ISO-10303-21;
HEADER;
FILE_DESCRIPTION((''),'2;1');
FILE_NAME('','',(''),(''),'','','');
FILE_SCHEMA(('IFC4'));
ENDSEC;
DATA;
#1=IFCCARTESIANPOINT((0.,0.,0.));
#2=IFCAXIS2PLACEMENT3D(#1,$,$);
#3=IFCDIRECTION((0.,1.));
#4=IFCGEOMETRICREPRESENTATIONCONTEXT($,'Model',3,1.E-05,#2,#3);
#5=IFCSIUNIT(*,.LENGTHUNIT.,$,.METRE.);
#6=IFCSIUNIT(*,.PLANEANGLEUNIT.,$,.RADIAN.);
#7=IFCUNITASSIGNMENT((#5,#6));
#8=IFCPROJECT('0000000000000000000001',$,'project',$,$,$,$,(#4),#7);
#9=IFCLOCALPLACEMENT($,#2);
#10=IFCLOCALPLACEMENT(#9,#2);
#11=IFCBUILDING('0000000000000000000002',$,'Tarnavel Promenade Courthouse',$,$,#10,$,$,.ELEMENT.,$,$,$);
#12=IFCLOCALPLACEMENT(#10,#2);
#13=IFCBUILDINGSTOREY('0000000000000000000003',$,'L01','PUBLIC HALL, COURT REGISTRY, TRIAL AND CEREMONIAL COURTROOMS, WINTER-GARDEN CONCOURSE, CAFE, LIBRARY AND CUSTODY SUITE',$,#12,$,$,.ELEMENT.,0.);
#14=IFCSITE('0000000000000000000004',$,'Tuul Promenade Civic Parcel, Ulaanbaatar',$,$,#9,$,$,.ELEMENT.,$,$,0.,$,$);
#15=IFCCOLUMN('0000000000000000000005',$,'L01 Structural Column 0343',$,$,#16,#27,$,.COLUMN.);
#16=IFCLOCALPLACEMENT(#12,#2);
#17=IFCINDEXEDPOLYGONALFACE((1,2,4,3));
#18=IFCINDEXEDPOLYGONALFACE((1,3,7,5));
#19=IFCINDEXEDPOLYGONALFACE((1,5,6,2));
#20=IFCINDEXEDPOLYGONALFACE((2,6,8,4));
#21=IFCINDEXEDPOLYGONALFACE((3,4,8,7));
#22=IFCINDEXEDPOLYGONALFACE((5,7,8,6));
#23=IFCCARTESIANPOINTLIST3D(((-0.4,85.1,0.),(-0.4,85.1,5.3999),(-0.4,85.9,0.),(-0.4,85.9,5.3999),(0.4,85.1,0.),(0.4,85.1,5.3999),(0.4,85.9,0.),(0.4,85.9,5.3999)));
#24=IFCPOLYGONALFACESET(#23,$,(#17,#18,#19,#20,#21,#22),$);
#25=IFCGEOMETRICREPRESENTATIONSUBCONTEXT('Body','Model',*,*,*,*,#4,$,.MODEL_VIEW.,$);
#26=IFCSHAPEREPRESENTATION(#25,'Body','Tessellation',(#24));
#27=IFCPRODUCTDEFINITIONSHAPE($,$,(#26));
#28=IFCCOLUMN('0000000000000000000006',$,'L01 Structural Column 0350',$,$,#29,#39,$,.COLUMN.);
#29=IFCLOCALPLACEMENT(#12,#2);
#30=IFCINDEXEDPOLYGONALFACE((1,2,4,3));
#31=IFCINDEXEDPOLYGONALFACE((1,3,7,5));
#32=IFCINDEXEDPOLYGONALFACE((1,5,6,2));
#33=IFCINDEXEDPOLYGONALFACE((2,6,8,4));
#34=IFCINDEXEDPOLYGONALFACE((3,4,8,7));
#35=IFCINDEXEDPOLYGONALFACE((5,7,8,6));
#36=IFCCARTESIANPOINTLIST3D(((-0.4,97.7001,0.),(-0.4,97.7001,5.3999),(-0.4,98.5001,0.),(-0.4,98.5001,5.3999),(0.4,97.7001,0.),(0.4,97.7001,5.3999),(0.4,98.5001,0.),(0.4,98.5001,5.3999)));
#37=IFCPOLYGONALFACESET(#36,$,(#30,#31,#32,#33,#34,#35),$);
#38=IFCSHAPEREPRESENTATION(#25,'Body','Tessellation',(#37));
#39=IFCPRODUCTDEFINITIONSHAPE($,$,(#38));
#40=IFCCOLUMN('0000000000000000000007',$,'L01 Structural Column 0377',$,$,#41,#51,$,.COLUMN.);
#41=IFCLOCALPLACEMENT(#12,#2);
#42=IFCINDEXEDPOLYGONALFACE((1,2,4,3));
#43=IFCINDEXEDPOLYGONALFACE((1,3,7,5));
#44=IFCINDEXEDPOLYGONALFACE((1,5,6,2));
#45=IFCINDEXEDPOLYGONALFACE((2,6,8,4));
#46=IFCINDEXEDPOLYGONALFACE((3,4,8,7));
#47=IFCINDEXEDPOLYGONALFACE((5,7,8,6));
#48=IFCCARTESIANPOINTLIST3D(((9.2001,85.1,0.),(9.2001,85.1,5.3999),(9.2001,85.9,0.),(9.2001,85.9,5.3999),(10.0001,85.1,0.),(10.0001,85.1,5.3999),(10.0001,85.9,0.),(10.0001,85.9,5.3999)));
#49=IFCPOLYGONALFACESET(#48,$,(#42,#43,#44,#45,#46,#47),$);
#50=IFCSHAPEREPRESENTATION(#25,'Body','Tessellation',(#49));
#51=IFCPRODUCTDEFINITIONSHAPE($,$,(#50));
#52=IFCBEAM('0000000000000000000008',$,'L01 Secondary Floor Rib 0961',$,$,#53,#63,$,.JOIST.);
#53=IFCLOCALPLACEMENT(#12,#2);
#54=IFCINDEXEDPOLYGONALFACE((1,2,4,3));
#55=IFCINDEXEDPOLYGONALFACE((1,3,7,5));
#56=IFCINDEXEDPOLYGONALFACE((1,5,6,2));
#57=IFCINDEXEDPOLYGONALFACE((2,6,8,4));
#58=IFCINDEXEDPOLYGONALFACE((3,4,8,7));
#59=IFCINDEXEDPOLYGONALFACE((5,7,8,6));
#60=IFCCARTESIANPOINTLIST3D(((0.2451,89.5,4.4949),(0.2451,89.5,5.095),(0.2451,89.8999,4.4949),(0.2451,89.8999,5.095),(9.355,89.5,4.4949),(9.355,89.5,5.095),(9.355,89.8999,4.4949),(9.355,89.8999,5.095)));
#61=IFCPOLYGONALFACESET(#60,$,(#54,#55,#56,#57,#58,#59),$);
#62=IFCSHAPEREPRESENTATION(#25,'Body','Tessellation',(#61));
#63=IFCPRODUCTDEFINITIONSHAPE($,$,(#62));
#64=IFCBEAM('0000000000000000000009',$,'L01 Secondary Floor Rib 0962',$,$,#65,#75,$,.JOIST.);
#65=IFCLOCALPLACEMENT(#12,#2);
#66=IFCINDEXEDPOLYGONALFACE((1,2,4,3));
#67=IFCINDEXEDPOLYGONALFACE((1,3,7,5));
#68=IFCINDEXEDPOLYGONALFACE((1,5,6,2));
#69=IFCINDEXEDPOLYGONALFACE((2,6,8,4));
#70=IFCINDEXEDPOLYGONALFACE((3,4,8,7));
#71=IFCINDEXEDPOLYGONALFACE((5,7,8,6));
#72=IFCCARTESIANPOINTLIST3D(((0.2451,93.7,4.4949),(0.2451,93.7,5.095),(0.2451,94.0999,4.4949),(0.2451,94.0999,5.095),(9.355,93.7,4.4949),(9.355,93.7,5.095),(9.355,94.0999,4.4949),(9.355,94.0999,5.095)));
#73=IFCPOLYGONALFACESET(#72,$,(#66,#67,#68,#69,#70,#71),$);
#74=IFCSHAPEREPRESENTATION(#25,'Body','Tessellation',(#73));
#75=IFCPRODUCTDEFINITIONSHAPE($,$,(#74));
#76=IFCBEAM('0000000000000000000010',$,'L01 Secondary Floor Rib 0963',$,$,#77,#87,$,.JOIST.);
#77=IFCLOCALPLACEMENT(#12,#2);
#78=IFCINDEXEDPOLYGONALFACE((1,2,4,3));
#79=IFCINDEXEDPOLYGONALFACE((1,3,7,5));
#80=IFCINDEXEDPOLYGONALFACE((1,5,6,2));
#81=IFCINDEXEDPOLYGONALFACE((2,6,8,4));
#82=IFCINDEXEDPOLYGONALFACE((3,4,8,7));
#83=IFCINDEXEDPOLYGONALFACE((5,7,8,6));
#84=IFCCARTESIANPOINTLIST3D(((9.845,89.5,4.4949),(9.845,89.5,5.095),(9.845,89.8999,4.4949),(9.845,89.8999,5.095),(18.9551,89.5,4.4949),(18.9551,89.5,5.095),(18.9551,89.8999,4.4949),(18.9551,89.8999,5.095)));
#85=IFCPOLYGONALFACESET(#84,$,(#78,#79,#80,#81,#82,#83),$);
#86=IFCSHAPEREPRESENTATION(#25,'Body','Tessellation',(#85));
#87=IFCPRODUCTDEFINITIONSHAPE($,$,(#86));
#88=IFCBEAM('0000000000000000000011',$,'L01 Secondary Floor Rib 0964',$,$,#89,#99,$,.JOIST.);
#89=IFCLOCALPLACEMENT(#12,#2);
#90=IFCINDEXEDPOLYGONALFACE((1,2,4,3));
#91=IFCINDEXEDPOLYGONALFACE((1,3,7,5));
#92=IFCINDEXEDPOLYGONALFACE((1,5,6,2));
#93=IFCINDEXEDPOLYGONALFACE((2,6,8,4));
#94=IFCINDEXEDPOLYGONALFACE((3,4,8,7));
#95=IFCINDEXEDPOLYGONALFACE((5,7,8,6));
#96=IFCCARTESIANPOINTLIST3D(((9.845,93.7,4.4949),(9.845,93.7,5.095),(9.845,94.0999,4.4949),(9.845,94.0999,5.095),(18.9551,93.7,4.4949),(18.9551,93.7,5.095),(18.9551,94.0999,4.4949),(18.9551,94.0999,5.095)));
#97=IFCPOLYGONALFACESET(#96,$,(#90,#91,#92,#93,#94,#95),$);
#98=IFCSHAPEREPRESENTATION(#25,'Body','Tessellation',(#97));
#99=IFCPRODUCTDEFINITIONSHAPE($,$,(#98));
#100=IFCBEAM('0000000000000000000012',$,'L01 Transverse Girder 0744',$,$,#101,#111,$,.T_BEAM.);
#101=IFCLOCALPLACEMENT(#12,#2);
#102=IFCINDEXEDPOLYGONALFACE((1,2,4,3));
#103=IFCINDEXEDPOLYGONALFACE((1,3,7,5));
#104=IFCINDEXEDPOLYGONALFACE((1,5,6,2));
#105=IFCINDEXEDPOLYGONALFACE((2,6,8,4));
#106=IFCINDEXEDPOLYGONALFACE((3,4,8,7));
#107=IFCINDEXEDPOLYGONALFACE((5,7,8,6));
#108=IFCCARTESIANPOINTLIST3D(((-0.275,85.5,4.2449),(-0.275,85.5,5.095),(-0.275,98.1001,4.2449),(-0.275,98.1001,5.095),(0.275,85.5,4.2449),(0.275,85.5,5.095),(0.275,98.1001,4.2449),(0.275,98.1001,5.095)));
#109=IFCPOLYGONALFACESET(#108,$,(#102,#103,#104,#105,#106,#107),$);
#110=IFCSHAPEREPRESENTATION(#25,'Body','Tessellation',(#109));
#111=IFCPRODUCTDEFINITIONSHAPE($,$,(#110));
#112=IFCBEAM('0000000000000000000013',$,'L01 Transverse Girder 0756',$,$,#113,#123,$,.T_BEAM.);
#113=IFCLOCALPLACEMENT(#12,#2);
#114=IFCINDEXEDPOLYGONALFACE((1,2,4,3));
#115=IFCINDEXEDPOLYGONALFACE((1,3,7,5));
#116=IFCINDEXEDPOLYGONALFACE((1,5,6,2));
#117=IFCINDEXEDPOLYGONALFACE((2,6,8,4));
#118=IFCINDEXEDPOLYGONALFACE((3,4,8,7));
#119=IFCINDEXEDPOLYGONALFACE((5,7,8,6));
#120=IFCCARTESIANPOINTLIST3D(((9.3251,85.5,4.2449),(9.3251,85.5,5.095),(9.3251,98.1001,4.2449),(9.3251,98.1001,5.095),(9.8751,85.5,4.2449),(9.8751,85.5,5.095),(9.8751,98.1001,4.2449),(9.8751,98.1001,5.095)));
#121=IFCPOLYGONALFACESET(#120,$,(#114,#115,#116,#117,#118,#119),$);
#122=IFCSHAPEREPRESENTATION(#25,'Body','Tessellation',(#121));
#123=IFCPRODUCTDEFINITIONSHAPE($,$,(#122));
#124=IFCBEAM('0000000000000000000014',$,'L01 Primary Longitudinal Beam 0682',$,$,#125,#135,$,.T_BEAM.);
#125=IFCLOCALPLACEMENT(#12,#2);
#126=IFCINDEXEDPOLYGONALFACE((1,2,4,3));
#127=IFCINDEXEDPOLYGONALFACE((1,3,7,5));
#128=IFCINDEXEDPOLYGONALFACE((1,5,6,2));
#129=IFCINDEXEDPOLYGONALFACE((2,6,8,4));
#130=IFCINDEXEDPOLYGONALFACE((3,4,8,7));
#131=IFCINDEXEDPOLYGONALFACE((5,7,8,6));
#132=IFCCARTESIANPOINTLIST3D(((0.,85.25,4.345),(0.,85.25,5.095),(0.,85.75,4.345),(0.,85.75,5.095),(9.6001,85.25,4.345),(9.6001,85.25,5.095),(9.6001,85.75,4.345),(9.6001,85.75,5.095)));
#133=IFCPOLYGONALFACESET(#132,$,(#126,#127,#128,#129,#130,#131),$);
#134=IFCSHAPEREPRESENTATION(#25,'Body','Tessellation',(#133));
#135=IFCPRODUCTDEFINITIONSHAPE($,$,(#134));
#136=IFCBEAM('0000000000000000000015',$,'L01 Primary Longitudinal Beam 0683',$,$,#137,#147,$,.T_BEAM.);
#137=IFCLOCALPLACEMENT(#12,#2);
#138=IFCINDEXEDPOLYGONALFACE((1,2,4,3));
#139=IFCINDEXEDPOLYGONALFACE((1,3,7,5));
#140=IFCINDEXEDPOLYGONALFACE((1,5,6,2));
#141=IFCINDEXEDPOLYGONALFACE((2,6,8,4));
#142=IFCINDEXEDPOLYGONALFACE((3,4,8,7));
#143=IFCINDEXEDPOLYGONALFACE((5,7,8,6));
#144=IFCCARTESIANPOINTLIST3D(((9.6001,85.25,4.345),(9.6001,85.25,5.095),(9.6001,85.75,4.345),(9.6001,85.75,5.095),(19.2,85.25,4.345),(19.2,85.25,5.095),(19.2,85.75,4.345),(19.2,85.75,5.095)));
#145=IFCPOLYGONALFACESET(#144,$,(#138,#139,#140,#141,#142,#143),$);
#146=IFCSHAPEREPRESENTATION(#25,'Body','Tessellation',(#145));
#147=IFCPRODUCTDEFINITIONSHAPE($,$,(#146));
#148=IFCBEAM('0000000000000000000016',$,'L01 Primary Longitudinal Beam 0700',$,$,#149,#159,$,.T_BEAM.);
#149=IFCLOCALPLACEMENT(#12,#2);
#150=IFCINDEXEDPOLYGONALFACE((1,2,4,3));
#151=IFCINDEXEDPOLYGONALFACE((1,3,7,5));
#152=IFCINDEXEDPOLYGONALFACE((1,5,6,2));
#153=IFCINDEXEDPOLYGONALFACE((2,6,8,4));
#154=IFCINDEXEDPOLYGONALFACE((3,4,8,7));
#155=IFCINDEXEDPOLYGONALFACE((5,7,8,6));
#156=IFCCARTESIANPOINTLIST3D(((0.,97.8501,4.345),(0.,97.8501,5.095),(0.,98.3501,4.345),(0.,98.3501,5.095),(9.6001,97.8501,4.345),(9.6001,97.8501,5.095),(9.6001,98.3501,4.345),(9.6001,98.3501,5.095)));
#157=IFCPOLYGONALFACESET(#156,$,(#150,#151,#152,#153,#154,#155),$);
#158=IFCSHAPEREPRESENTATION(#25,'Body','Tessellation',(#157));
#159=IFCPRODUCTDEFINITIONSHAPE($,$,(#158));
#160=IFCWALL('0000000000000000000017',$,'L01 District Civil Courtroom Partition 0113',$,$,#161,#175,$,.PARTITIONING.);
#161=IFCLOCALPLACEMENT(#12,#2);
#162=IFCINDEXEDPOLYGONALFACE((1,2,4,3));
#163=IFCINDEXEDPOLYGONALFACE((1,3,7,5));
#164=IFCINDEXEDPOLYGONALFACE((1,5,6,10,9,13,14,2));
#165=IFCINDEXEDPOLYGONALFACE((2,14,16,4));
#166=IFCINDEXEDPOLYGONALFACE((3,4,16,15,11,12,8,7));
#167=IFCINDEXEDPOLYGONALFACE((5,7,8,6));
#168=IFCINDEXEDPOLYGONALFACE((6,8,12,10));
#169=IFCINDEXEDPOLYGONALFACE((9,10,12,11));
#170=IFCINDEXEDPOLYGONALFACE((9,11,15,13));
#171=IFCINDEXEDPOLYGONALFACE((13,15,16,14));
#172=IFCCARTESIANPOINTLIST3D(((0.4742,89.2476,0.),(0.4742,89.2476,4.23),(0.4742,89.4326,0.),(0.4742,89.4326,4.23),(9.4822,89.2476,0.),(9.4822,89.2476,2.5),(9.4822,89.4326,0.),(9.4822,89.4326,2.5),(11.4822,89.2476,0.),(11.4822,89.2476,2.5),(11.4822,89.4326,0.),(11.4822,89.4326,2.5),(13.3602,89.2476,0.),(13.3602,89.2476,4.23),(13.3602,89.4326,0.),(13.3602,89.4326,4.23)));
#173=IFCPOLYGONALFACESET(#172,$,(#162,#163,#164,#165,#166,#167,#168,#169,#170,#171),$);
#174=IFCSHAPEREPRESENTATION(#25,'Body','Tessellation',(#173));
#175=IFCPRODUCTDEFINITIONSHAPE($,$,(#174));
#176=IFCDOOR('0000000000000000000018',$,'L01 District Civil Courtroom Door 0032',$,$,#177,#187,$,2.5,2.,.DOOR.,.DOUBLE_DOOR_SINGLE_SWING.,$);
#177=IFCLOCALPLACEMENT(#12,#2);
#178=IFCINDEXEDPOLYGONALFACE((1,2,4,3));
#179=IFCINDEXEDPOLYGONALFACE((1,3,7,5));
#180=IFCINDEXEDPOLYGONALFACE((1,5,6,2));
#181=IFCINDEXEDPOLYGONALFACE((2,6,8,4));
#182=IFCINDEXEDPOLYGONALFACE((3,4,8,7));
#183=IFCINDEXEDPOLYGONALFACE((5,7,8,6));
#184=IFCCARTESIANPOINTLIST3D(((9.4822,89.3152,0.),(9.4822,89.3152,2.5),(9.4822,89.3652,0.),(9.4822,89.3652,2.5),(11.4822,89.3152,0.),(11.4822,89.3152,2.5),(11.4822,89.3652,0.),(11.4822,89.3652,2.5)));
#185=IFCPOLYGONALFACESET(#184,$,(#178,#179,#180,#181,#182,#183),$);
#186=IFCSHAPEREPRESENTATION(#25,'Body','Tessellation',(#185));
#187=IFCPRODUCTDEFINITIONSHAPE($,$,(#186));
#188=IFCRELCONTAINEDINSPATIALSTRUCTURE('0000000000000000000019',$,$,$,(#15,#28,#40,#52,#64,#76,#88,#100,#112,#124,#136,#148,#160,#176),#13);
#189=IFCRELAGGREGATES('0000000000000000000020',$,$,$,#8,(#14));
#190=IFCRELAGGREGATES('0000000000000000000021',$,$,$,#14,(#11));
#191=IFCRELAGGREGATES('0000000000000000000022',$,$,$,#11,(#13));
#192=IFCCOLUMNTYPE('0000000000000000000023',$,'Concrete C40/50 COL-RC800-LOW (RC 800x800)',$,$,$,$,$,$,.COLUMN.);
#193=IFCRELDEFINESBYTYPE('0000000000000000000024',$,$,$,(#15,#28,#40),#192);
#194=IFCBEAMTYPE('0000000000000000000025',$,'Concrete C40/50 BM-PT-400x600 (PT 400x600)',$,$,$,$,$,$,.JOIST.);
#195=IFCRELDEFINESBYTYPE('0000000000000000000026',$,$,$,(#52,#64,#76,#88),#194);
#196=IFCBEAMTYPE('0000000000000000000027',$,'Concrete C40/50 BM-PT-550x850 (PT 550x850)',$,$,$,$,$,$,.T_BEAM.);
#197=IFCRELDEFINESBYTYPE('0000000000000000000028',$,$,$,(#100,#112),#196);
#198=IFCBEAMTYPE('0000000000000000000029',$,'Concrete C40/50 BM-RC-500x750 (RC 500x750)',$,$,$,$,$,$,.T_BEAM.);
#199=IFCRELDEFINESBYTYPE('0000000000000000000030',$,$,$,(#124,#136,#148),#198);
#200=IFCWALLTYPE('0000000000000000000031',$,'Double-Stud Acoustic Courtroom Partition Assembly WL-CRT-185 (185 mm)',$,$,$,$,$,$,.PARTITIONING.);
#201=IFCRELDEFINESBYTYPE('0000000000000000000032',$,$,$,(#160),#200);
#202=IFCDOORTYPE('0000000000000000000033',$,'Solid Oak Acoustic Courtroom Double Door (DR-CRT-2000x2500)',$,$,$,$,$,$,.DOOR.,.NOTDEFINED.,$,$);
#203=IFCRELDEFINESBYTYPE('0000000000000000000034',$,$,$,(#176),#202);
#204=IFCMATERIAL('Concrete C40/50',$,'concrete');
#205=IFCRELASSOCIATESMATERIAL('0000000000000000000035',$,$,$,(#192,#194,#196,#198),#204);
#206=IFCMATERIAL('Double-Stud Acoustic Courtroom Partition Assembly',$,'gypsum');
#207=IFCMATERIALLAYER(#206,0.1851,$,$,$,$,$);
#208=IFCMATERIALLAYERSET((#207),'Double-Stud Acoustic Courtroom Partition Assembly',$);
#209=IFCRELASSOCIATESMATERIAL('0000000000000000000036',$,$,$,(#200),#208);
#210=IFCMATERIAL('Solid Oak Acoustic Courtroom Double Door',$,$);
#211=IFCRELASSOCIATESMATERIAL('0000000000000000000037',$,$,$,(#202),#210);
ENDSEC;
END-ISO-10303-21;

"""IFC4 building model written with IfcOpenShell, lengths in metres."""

from ifc_helpers import new_model, si_unit, direction, frame, frame_2d, origin, origin_2d, place, context, subcontext, project, spatial, rectangle, extrude, material, layer, layer_set, material_profile, profile_set, type_object, element, fill, save


model = new_model("IFC4")

# Units and contexts
model_context = context("Model", 3, precision=1e-05, world=origin(), true_north=direction((0.0, 1.0)))
body_context = subcontext(model_context, "Body", "Model", "MODEL_VIEW")
ifc_project = project(units=[si_unit("LENGTHUNIT", "METRE"), si_unit("PLANEANGLEUNIT", "RADIAN")], contexts=[model_context])

# Site, building, storey
site_placement = place(None, origin())
site = spatial("IfcSite", under=ifc_project, at=site_placement, Name="Tuul Promenade Civic Parcel, Ulaanbaatar", CompositionType="ELEMENT", RefElevation=0.0)
building_placement = place(site_placement, origin())
building = spatial("IfcBuilding", under=site, at=building_placement, Name="Tarnavel Promenade Courthouse", CompositionType="ELEMENT")
storey_placement = place(building_placement, origin())
storey = spatial("IfcBuildingStorey", under=building, at=storey_placement, Name="L01", Description="PUBLIC HALL, COURT REGISTRY, TRIAL AND CEREMONIAL COURTROOMS, WINTER-GARDEN CONCOURSE, CAFE, LIBRARY AND CUSTODY SUITE", CompositionType="ELEMENT", Elevation=0.0)

# Columns
ifc_material_1 = material(Name="Concrete C40/50", Category="concrete")
ifc_material_profile_1 = material_profile(ifc_material_1, rectangle(XDim=0.8, YDim=0.8, at=origin_2d()), Name="RC 800x800")
ifc_profile_set_1 = profile_set([ifc_material_profile_1], Name="Concrete C40/50")
column_type = type_object("IfcColumnType", Name="Concrete C40/50 COL-RC800-LOW (RC 800x800)", PredefinedType="COLUMN", material=ifc_profile_set_1)
for number, where, z_axis, x_axis, name in (
    (1, (0.0, 85.5, 0.0), (0.0, 0.0, 1.0), (1.0, 0.0, 0.0), "L01 Structural Column 0343"),
    (2, (0.0, 98.1001, 0.0), (0.0, 0.0, 1.0), (1.0, 0.0, 0.0), "L01 Structural Column 0350"),
    (3, (9.6001, 85.5, 0.0), (0.0, 0.0, 1.0), (1.0, 0.0, 0.0), "L01 Structural Column 0377"),
):
    element("IfcColumn", number, at=place(storey_placement, frame(where, z_axis=z_axis, x_axis=x_axis)), inside=storey, type_object=column_type, Name=name, PredefinedType="COLUMN", context=body_context, shape_type="SweptSolid", body=[
        extrude(rectangle(XDim=0.8, YDim=0.8, at=origin_2d()), origin(), (0.0, 0.0, 1.0), 5.3999),
    ])

# Beams
ifc_material_profile_2 = material_profile(ifc_material_1, rectangle(XDim=0.3999, YDim=0.6001, at=origin_2d()), Name="PT 400x600")
ifc_profile_set_2 = profile_set([ifc_material_profile_2], Name="Concrete C40/50")
beam_type_1 = type_object("IfcBeamType", Name="Concrete C40/50 BM-PT-400x600 (PT 400x600)", PredefinedType="JOIST", material=ifc_profile_set_2)
for number, where, z_axis, x_axis, name in (
    (4, (0.2451, 89.7, 4.7949), (1.0, 0.0, 0.0), (0.0, 1.0, 0.0), "L01 Secondary Floor Rib 0961"),
    (5, (0.2451, 93.8999, 4.7949), (1.0, 0.0, 0.0), (0.0, 1.0, 0.0), "L01 Secondary Floor Rib 0962"),
):
    element("IfcBeam", number, at=place(storey_placement, frame(where, z_axis=z_axis, x_axis=x_axis)), inside=storey, type_object=beam_type_1, Name=name, PredefinedType="JOIST", context=body_context, shape_type="SweptSolid", body=[
        extrude(rectangle(XDim=0.3999, YDim=0.6001, at=origin_2d()), origin(), (0.0, 0.0, 1.0), 9.1099),
    ])
for number, where, z_axis, x_axis, name in (
    (6, (9.845, 89.7, 4.7949), (1.0, 0.0, 0.0), (0.0, 1.0, 0.0), "L01 Secondary Floor Rib 0963"),
    (7, (9.845, 93.8999, 4.7949), (1.0, 0.0, 0.0), (0.0, 1.0, 0.0), "L01 Secondary Floor Rib 0964"),
):
    element("IfcBeam", number, at=place(storey_placement, frame(where, z_axis=z_axis, x_axis=x_axis)), inside=storey, type_object=beam_type_1, Name=name, PredefinedType="JOIST", context=body_context, shape_type="SweptSolid", body=[
        extrude(rectangle(XDim=0.3999, YDim=0.6001, at=origin_2d()), origin(), (0.0, 0.0, 1.0), 9.1101),
    ])
ifc_material_profile_3 = material_profile(ifc_material_1, rectangle(XDim=0.55, YDim=0.8501, at=origin_2d()), Name="PT 550x850")
ifc_profile_set_3 = profile_set([ifc_material_profile_3], Name="Concrete C40/50")
beam_type_2 = type_object("IfcBeamType", Name="Concrete C40/50 BM-PT-550x850 (PT 550x850)", PredefinedType="T_BEAM", material=ifc_profile_set_3)
for number, where, z_axis, x_axis, name in (
    (8, (0.0, 85.5, 4.6699), (0.0, 1.0, 0.0), (-1.0, 0.0, 0.0), "L01 Transverse Girder 0744"),
    (9, (9.6001, 85.5, 4.6699), (0.0, 1.0, 0.0), (-1.0, 0.0, 0.0), "L01 Transverse Girder 0756"),
):
    element("IfcBeam", number, at=place(storey_placement, frame(where, z_axis=z_axis, x_axis=x_axis)), inside=storey, type_object=beam_type_2, Name=name, PredefinedType="T_BEAM", context=body_context, shape_type="SweptSolid", body=[
        extrude(rectangle(XDim=0.55, YDim=0.8501, at=origin_2d()), origin(), (0.0, 0.0, 1.0), 12.6001),
    ])
ifc_material_profile_4 = material_profile(ifc_material_1, rectangle(XDim=0.5, YDim=0.75, at=origin_2d()), Name="RC 500x750")
ifc_profile_set_4 = profile_set([ifc_material_profile_4], Name="Concrete C40/50")
beam_type_3 = type_object("IfcBeamType", Name="Concrete C40/50 BM-RC-500x750 (RC 500x750)", PredefinedType="T_BEAM", material=ifc_profile_set_4)
beam_1_placement = place(storey_placement, frame((0.0, 85.5, 4.72), z_axis=(1.0, 0.0, 0.0), x_axis=(0.0, 1.0, 0.0)))
element("IfcBeam", 10, at=beam_1_placement, inside=storey, type_object=beam_type_3, Name="L01 Primary Longitudinal Beam 0682", PredefinedType="T_BEAM", context=body_context, shape_type="SweptSolid", body=[
    extrude(rectangle(XDim=0.5, YDim=0.75, at=origin_2d()), origin(), (0.0, 0.0, 1.0), 9.6001),
])
beam_2_placement = place(storey_placement, frame((9.6001, 85.5, 4.72), z_axis=(1.0, 0.0, 0.0), x_axis=(0.0, 1.0, 0.0)))
element("IfcBeam", 11, at=beam_2_placement, inside=storey, type_object=beam_type_3, Name="L01 Primary Longitudinal Beam 0683", PredefinedType="T_BEAM", context=body_context, shape_type="SweptSolid", body=[
    extrude(rectangle(XDim=0.5, YDim=0.75, at=origin_2d()), origin(), (0.0, 0.0, 1.0), 9.5999),
])
beam_3_placement = place(storey_placement, frame((0.0, 98.1001, 4.72), z_axis=(1.0, 0.0, 0.0), x_axis=(0.0, 1.0, 0.0)))
element("IfcBeam", 12, at=beam_3_placement, inside=storey, type_object=beam_type_3, Name="L01 Primary Longitudinal Beam 0700", PredefinedType="T_BEAM", context=body_context, shape_type="SweptSolid", body=[
    extrude(rectangle(XDim=0.5, YDim=0.75, at=origin_2d()), origin(), (0.0, 0.0, 1.0), 9.6001),
])

# Wall, opening, door
ifc_material_2 = material(Name="Double-Stud Acoustic Courtroom Partition Assembly", Category="gypsum")
ifc_layer_1 = layer(ifc_material_2, 0.1851)
ifc_layer_set_1 = layer_set([ifc_layer_1], Name="Double-Stud Acoustic Courtroom Partition Assembly")
wall_type_1 = type_object("IfcWallType", Name="Double-Stud Acoustic Courtroom Partition Assembly WL-CRT-185 (185 mm)", PredefinedType="PARTITIONING", material=ifc_layer_set_1)
wall_1_placement = place(storey_placement, frame((13.3601, 89.3401, 0.0), z_axis=(0.0, 0.0, 1.0), x_axis=(-1.0, 0.0, 0.0)))
wall_1 = element("IfcWall", 13, at=wall_1_placement, inside=storey, type_object=wall_type_1, Name="L01 District Civil Courtroom Partition 0113", PredefinedType="PARTITIONING", context=body_context, shape_type="SweptSolid", body=[
    extrude(rectangle(XDim=12.886, YDim=0.1851, at=frame_2d((6.4429, 0.0))), origin(), (0.0, 0.0, 1.0), 4.23),
])
opening_1_placement = place(wall_1_placement, frame((1.8779, 0.0, 0.0)))
opening_1 = element("IfcOpeningElement", 14, at=opening_1_placement, cuts=wall_1, PredefinedType="OPENING", context=body_context, shape_type="SweptSolid", body=[
    extrude(rectangle(XDim=2.0, YDim=2.5, at=frame_2d((1.0, 1.25))), frame((0.0, 0.1025, 0.0), z_axis=(0.0, -1.0, 0.0), x_axis=(1.0, 0.0, 0.0)), (0.0, 0.0, 1.0), 0.2051),
])
ifc_material_3 = material(Name="Solid Oak Acoustic Courtroom Double Door")
door_type_1 = type_object("IfcDoorType", Name="Solid Oak Acoustic Courtroom Double Door (DR-CRT-2000x2500)", OperationType="NOTDEFINED", PredefinedType="DOOR", material=ifc_material_3)
door_1_placement = place(opening_1_placement, origin())
door_1 = element("IfcDoor", 15, at=door_1_placement, inside=storey, type_object=door_type_1, Name="L01 District Civil Courtroom Door 0032", OperationType="DOUBLE_DOOR_SINGLE_SWING", OverallHeight=2.5, OverallWidth=2.0, PredefinedType="DOOR", context=body_context, shape_type="SweptSolid", body=[
    extrude(rectangle(XDim=2.0, YDim=2.5, at=frame_2d((1.0, 1.25))), frame((0.0, 0.0249, 0.0), z_axis=(0.0, -1.0, 0.0), x_axis=(1.0, 0.0, 0.0)), (0.0, 0.0, 1.0), 0.05),
])
fill(opening_1, door_1)

save(model, "model.ifc")
